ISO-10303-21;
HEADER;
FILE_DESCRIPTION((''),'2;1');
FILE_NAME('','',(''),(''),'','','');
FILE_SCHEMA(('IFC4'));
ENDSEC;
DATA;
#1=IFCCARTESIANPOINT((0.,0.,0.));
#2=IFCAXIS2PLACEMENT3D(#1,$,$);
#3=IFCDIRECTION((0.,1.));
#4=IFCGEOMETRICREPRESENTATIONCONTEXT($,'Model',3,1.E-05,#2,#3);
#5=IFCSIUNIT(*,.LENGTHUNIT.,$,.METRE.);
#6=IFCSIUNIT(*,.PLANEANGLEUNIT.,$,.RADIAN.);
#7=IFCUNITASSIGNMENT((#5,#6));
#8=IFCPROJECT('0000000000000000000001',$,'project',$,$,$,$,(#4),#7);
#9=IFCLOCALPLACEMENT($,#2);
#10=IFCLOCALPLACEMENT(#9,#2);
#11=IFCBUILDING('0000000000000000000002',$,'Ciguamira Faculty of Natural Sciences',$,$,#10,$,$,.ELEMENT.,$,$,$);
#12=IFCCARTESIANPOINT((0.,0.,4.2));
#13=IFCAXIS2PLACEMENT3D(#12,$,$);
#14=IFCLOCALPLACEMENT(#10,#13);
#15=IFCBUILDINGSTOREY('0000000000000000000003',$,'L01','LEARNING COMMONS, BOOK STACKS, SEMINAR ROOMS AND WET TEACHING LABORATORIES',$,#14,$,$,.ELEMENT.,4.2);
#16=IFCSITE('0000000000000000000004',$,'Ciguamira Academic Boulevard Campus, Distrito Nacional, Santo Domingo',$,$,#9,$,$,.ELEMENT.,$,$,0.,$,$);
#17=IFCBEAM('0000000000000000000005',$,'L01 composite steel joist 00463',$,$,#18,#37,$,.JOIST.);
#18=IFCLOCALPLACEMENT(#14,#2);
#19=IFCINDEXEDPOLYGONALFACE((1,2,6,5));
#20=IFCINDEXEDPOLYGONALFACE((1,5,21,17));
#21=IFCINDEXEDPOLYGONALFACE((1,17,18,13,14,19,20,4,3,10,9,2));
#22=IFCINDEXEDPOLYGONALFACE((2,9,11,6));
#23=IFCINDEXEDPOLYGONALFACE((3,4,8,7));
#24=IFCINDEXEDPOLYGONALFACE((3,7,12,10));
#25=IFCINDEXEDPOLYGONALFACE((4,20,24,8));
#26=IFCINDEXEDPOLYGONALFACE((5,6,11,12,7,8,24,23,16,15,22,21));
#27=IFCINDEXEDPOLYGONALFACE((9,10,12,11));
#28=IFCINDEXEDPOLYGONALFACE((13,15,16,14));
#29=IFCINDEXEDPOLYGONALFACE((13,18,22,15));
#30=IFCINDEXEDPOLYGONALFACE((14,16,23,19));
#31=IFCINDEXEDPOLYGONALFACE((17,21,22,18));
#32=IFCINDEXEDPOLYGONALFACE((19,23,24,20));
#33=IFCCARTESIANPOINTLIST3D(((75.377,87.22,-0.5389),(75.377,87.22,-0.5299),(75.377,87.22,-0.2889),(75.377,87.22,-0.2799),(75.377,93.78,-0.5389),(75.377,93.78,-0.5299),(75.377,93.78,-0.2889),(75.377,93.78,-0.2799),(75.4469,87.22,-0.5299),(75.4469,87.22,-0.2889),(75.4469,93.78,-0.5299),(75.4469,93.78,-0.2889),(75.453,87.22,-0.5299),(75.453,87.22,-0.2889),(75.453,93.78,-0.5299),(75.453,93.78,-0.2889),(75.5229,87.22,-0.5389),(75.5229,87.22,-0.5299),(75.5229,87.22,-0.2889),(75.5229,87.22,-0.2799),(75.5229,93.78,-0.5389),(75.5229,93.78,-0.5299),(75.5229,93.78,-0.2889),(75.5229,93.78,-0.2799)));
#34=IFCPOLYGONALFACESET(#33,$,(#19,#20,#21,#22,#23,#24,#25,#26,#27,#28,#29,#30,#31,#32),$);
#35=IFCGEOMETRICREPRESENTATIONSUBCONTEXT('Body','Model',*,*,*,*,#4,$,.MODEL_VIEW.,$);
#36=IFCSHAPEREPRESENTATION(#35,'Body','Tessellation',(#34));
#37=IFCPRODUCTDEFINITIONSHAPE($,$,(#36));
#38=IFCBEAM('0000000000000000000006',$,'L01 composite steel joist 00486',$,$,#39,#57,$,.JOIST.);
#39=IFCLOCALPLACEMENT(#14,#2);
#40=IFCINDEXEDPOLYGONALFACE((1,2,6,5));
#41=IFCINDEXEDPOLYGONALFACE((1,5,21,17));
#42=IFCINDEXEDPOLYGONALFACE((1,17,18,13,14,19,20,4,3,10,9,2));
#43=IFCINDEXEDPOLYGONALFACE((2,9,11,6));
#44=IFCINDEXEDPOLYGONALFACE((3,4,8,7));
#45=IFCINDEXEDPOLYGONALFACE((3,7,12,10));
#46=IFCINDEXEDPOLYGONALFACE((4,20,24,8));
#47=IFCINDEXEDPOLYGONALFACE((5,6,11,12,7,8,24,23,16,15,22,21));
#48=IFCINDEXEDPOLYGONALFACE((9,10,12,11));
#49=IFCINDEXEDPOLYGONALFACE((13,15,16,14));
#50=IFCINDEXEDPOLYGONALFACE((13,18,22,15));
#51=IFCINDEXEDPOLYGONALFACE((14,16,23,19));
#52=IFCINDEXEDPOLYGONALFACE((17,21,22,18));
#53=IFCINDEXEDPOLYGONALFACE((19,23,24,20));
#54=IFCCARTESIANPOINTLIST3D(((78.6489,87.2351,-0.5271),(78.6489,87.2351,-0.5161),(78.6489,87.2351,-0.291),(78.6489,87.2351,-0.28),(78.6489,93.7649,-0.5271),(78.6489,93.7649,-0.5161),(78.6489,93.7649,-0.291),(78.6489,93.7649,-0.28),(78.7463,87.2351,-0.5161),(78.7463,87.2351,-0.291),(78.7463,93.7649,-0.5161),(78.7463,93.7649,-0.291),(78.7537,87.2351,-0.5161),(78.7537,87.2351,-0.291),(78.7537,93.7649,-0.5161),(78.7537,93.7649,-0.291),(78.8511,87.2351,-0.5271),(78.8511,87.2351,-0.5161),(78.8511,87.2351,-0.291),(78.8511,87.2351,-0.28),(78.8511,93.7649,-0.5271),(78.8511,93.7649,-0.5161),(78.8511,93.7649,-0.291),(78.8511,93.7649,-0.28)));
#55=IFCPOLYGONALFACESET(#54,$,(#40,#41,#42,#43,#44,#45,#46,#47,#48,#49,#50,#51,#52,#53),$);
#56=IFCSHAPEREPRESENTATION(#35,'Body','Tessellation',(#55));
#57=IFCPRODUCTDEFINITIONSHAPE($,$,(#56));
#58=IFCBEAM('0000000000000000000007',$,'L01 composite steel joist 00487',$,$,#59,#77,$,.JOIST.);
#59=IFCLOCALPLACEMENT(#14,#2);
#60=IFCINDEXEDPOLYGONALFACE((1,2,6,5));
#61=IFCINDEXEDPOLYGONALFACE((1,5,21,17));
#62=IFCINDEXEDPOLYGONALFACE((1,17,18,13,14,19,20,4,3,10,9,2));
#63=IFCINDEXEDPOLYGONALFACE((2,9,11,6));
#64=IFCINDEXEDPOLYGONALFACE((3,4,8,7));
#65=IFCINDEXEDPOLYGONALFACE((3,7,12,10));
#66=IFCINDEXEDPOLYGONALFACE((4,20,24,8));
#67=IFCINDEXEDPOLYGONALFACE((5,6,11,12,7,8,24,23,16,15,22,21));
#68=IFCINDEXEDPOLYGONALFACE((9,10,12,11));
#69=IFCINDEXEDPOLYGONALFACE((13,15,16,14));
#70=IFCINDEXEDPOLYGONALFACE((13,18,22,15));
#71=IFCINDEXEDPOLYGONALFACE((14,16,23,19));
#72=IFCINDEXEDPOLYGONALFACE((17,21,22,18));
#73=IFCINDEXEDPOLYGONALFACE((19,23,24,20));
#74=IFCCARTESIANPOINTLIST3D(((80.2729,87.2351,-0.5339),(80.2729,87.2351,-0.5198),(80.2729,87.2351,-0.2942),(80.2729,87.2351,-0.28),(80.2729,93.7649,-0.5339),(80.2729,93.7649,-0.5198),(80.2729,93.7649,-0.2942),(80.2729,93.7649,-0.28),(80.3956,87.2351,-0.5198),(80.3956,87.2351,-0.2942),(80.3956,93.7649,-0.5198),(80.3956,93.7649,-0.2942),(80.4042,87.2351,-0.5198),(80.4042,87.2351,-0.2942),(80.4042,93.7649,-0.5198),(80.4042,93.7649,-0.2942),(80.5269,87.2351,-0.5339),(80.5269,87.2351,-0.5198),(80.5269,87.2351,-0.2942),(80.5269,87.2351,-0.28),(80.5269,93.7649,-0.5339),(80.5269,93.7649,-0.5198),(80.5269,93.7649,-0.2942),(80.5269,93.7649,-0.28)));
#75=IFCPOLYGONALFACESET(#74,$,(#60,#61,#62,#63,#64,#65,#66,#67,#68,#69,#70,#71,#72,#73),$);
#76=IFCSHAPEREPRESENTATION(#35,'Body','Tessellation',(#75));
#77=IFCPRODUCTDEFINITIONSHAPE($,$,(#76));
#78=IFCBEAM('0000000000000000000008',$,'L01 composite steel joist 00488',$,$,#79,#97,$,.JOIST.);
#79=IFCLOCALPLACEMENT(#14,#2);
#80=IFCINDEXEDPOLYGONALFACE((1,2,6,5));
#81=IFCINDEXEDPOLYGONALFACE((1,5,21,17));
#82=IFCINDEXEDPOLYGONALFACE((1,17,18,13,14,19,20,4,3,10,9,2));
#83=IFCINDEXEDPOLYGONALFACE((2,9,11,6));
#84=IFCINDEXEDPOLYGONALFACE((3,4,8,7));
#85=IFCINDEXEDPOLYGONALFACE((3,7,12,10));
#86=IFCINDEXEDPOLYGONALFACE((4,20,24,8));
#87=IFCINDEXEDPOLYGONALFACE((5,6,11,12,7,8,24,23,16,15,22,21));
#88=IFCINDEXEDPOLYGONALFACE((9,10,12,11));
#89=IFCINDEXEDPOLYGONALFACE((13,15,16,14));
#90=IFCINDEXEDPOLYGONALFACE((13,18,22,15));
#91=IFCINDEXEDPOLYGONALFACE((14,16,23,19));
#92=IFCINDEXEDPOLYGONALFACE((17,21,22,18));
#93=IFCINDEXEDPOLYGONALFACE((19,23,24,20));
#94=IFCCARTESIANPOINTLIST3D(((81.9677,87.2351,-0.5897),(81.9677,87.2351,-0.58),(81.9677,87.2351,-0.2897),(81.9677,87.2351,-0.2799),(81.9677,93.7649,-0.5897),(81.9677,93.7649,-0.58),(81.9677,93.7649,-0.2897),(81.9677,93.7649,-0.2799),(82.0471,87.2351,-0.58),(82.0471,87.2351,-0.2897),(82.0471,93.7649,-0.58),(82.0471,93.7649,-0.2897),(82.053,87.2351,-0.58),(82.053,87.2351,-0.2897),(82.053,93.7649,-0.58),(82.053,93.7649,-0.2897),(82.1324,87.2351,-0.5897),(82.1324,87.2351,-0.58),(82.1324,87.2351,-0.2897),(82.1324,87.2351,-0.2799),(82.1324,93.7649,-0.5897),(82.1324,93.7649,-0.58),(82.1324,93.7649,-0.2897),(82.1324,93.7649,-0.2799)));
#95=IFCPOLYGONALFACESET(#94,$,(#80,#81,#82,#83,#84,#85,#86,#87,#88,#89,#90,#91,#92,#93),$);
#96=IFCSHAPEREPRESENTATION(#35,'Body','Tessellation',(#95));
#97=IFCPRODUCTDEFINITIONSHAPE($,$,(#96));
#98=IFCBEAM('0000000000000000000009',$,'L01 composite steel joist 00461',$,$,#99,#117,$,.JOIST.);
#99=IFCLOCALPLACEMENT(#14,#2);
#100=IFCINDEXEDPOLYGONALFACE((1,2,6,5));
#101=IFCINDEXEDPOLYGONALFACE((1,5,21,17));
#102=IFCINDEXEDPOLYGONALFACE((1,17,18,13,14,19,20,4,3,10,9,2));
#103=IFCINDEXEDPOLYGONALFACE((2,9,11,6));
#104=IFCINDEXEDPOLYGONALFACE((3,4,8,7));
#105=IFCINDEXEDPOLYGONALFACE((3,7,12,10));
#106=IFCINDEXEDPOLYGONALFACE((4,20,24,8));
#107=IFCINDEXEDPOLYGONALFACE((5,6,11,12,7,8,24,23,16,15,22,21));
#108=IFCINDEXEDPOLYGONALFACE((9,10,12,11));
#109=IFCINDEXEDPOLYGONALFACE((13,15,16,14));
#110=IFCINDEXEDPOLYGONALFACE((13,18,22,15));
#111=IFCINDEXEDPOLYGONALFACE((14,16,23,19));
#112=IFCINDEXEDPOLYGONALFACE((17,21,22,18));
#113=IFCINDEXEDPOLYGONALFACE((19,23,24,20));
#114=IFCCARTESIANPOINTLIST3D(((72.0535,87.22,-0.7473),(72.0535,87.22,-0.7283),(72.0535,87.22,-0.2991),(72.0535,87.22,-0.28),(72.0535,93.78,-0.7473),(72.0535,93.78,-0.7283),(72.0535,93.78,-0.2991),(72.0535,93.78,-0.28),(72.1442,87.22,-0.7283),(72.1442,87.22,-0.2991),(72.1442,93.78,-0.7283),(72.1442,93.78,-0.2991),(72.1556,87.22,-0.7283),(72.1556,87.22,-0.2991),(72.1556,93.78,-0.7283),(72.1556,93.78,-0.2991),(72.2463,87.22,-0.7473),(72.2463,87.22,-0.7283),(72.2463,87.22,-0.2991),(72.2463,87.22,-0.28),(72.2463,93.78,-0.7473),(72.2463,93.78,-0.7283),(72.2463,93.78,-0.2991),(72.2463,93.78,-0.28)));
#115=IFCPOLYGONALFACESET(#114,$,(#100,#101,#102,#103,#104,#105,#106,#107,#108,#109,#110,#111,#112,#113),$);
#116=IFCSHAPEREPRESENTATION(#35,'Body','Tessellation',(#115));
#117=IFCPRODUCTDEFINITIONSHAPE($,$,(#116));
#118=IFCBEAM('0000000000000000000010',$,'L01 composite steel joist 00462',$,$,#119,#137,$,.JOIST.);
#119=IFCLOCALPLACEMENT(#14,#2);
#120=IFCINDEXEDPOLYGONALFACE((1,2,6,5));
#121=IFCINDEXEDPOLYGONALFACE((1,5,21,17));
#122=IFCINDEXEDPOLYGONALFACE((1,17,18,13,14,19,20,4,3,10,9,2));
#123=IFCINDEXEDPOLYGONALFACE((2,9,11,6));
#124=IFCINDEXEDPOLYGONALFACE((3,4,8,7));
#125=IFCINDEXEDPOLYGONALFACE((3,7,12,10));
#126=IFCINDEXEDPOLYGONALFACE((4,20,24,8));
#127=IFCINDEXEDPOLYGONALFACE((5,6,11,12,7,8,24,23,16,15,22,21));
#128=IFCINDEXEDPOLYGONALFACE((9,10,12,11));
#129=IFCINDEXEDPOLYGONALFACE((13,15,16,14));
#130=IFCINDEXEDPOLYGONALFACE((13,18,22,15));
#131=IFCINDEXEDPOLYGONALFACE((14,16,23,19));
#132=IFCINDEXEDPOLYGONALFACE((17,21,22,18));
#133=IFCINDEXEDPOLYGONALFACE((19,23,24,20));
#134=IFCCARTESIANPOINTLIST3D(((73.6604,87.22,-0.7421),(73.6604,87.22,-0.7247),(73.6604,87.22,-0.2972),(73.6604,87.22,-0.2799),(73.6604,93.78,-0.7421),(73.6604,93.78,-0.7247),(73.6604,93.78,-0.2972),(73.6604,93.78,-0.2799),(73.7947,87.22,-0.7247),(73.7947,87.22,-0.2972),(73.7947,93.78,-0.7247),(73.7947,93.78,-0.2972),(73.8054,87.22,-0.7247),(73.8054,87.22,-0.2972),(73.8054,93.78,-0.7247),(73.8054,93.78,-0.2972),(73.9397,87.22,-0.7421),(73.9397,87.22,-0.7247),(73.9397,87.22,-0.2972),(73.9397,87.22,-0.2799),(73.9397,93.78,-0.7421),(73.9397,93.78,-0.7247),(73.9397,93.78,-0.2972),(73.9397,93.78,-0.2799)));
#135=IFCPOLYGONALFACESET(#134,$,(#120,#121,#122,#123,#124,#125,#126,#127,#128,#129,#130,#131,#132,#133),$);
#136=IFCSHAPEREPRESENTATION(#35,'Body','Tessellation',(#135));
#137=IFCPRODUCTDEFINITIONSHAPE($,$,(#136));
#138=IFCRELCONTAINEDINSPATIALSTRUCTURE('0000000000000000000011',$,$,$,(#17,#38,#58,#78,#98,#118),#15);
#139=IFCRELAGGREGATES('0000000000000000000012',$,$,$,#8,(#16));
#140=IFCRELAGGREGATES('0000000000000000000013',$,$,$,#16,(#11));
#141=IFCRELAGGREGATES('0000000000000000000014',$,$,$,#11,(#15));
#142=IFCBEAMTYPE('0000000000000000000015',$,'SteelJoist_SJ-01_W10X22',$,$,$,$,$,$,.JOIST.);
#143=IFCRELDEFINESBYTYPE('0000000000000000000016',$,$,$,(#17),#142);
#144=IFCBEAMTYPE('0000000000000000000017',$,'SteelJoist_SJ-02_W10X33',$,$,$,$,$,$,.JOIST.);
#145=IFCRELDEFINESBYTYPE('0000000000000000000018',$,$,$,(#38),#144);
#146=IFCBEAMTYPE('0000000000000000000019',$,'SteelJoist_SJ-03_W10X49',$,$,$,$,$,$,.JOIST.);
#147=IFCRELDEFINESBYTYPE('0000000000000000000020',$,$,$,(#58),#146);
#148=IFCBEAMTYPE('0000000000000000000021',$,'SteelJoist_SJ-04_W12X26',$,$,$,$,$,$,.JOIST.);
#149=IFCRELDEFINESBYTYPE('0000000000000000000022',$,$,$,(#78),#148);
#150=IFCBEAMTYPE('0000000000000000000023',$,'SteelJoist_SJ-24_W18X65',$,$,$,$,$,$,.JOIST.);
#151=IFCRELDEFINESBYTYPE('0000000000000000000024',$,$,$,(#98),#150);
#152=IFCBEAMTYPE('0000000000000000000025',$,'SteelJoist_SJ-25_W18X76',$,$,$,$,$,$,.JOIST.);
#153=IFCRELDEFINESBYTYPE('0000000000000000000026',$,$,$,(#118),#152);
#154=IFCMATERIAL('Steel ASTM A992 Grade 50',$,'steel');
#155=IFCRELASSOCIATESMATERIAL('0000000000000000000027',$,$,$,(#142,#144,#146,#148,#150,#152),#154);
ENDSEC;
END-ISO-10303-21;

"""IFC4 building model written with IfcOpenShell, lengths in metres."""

from ifc_helpers import new_model, si_unit, direction, frame, origin, origin_2d, place, context, subcontext, project, spatial, i_section, extrude, material, material_profile, profile_set, type_object, element, save


model = new_model("IFC4")

# Units and contexts
model_context = context("Model", 3, precision=1e-05, world=origin(), true_north=direction((0.0, 1.0)))
body_context = subcontext(model_context, "Body", "Model", "MODEL_VIEW")
ifc_project = project(units=[si_unit("LENGTHUNIT", "METRE"), si_unit("PLANEANGLEUNIT", "RADIAN")], contexts=[model_context])

# Site, building, storey
site_placement = place(None, origin())
site = spatial("IfcSite", under=ifc_project, at=site_placement, Name="Ciguamira Academic Boulevard Campus, Distrito Nacional, Santo Domingo", CompositionType="ELEMENT", RefElevation=0.0)
building_placement = place(site_placement, origin())
building = spatial("IfcBuilding", under=site, at=building_placement, Name="Ciguamira Faculty of Natural Sciences", CompositionType="ELEMENT")
storey_placement = place(building_placement, frame((0.0, 0.0, 4.2)))
storey = spatial("IfcBuildingStorey", under=building, at=storey_placement, Name="L01", Description="LEARNING COMMONS, BOOK STACKS, SEMINAR ROOMS AND WET TEACHING LABORATORIES", CompositionType="ELEMENT", Elevation=4.2)

# Beams
ifc_material_1 = material(Name="Steel ASTM A992 Grade 50", Category="steel")
ifc_material_profile_1 = material_profile(ifc_material_1, i_section(OverallWidth=0.146, OverallDepth=0.259, WebThickness=0.0061, FlangeThickness=0.009, at=origin_2d()), Name="W10X22")
ifc_profile_set_1 = profile_set([ifc_material_profile_1], Name="Steel ASTM A992 Grade 50")
beam_type_1 = type_object("IfcBeamType", Name="SteelJoist_SJ-01_W10X22", PredefinedType="JOIST", material=ifc_profile_set_1)
beam_1_placement = place(storey_placement, frame((75.45, 87.22, -0.4094), z_axis=(0.0, 1.0, 0.0), x_axis=(-1.0, 0.0, 0.0)))
element("IfcBeam", 1, at=beam_1_placement, inside=storey, type_object=beam_type_1, Name="L01 composite steel joist 00463", PredefinedType="JOIST", context=body_context, shape_type="SweptSolid", body=[
    extrude(i_section(OverallWidth=0.146, OverallDepth=0.259, WebThickness=0.0061, FlangeThickness=0.009, at=origin_2d()), origin(), (0.0, 0.0, 1.0), 6.5601),
])
ifc_material_profile_2 = material_profile(ifc_material_1, i_section(OverallWidth=0.2021, OverallDepth=0.2471, WebThickness=0.0073, FlangeThickness=0.011, at=origin_2d()), Name="W10X33")
ifc_profile_set_2 = profile_set([ifc_material_profile_2], Name="Steel ASTM A992 Grade 50")
beam_type_2 = type_object("IfcBeamType", Name="SteelJoist_SJ-02_W10X33", PredefinedType="JOIST", material=ifc_profile_set_2)
beam_2_placement = place(storey_placement, frame((78.75, 87.2351, -0.4036), z_axis=(0.0, 1.0, 0.0), x_axis=(-1.0, 0.0, 0.0)))
element("IfcBeam", 2, at=beam_2_placement, inside=storey, type_object=beam_type_2, Name="L01 composite steel joist 00486", PredefinedType="JOIST", context=body_context, shape_type="SweptSolid", body=[
    extrude(i_section(OverallWidth=0.2021, OverallDepth=0.2471, WebThickness=0.0073, FlangeThickness=0.011, at=origin_2d()), origin(), (0.0, 0.0, 1.0), 6.5298),
])
ifc_material_profile_3 = material_profile(ifc_material_1, i_section(OverallWidth=0.2539, OverallDepth=0.2539, WebThickness=0.0085, FlangeThickness=0.0142, at=origin_2d()), Name="W10X49")
ifc_profile_set_3 = profile_set([ifc_material_profile_3], Name="Steel ASTM A992 Grade 50")
beam_type_3 = type_object("IfcBeamType", Name="SteelJoist_SJ-03_W10X49", PredefinedType="JOIST", material=ifc_profile_set_3)
beam_3_placement = place(storey_placement, frame((80.3999, 87.2351, -0.407), z_axis=(0.0, 1.0, 0.0), x_axis=(-1.0, 0.0, 0.0)))
element("IfcBeam", 3, at=beam_3_placement, inside=storey, type_object=beam_type_3, Name="L01 composite steel joist 00487", PredefinedType="JOIST", context=body_context, shape_type="SweptSolid", body=[
    extrude(i_section(OverallWidth=0.2539, OverallDepth=0.2539, WebThickness=0.0085, FlangeThickness=0.0142, at=origin_2d()), origin(), (0.0, 0.0, 1.0), 6.5298),
])
ifc_material_profile_4 = material_profile(ifc_material_1, i_section(OverallWidth=0.1648, OverallDepth=0.3098, WebThickness=0.0059, FlangeThickness=0.0098, at=origin_2d()), Name="W12X26")
ifc_profile_set_4 = profile_set([ifc_material_profile_4], Name="Steel ASTM A992 Grade 50")
beam_type_4 = type_object("IfcBeamType", Name="SteelJoist_SJ-04_W12X26", PredefinedType="JOIST", material=ifc_profile_set_4)
beam_4_placement = place(storey_placement, frame((82.05, 87.2351, -0.4348), z_axis=(0.0, 1.0, 0.0), x_axis=(-1.0, 0.0, 0.0)))
element("IfcBeam", 4, at=beam_4_placement, inside=storey, type_object=beam_type_4, Name="L01 composite steel joist 00488", PredefinedType="JOIST", context=body_context, shape_type="SweptSolid", body=[
    extrude(i_section(OverallWidth=0.1648, OverallDepth=0.3098, WebThickness=0.0059, FlangeThickness=0.0098, at=origin_2d()), origin(), (0.0, 0.0, 1.0), 6.5298),
])
ifc_material_profile_5 = material_profile(ifc_material_1, i_section(OverallWidth=0.1929, OverallDepth=0.4673, WebThickness=0.0115, FlangeThickness=0.019, at=origin_2d()), Name="W18X65")
ifc_profile_set_5 = profile_set([ifc_material_profile_5], Name="Steel ASTM A992 Grade 50")
beam_type_5 = type_object("IfcBeamType", Name="SteelJoist_SJ-24_W18X65", PredefinedType="JOIST", material=ifc_profile_set_5)
beam_5_placement = place(storey_placement, frame((72.1499, 87.22, -0.5137), z_axis=(0.0, 1.0, 0.0), x_axis=(-1.0, 0.0, 0.0)))
element("IfcBeam", 5, at=beam_5_placement, inside=storey, type_object=beam_type_5, Name="L01 composite steel joist 00461", PredefinedType="JOIST", context=body_context, shape_type="SweptSolid", body=[
    extrude(i_section(OverallWidth=0.1929, OverallDepth=0.4673, WebThickness=0.0115, FlangeThickness=0.019, at=origin_2d()), origin(), (0.0, 0.0, 1.0), 6.5601),
])
ifc_material_profile_6 = material_profile(ifc_material_1, i_section(OverallWidth=0.2793, OverallDepth=0.4622, WebThickness=0.0107, FlangeThickness=0.0173, at=origin_2d()), Name="W18X76")
ifc_profile_set_6 = profile_set([ifc_material_profile_6], Name="Steel ASTM A992 Grade 50")
beam_type_6 = type_object("IfcBeamType", Name="SteelJoist_SJ-25_W18X76", PredefinedType="JOIST", material=ifc_profile_set_6)
beam_6_placement = place(storey_placement, frame((73.8, 87.22, -0.511), z_axis=(0.0, 1.0, 0.0), x_axis=(-1.0, 0.0, 0.0)))
element("IfcBeam", 6, at=beam_6_placement, inside=storey, type_object=beam_type_6, Name="L01 composite steel joist 00462", PredefinedType="JOIST", context=body_context, shape_type="SweptSolid", body=[
    extrude(i_section(OverallWidth=0.2793, OverallDepth=0.4622, WebThickness=0.0107, FlangeThickness=0.0173, at=origin_2d()), origin(), (0.0, 0.0, 1.0), 6.5601),
])

save(model, "model.ifc")
